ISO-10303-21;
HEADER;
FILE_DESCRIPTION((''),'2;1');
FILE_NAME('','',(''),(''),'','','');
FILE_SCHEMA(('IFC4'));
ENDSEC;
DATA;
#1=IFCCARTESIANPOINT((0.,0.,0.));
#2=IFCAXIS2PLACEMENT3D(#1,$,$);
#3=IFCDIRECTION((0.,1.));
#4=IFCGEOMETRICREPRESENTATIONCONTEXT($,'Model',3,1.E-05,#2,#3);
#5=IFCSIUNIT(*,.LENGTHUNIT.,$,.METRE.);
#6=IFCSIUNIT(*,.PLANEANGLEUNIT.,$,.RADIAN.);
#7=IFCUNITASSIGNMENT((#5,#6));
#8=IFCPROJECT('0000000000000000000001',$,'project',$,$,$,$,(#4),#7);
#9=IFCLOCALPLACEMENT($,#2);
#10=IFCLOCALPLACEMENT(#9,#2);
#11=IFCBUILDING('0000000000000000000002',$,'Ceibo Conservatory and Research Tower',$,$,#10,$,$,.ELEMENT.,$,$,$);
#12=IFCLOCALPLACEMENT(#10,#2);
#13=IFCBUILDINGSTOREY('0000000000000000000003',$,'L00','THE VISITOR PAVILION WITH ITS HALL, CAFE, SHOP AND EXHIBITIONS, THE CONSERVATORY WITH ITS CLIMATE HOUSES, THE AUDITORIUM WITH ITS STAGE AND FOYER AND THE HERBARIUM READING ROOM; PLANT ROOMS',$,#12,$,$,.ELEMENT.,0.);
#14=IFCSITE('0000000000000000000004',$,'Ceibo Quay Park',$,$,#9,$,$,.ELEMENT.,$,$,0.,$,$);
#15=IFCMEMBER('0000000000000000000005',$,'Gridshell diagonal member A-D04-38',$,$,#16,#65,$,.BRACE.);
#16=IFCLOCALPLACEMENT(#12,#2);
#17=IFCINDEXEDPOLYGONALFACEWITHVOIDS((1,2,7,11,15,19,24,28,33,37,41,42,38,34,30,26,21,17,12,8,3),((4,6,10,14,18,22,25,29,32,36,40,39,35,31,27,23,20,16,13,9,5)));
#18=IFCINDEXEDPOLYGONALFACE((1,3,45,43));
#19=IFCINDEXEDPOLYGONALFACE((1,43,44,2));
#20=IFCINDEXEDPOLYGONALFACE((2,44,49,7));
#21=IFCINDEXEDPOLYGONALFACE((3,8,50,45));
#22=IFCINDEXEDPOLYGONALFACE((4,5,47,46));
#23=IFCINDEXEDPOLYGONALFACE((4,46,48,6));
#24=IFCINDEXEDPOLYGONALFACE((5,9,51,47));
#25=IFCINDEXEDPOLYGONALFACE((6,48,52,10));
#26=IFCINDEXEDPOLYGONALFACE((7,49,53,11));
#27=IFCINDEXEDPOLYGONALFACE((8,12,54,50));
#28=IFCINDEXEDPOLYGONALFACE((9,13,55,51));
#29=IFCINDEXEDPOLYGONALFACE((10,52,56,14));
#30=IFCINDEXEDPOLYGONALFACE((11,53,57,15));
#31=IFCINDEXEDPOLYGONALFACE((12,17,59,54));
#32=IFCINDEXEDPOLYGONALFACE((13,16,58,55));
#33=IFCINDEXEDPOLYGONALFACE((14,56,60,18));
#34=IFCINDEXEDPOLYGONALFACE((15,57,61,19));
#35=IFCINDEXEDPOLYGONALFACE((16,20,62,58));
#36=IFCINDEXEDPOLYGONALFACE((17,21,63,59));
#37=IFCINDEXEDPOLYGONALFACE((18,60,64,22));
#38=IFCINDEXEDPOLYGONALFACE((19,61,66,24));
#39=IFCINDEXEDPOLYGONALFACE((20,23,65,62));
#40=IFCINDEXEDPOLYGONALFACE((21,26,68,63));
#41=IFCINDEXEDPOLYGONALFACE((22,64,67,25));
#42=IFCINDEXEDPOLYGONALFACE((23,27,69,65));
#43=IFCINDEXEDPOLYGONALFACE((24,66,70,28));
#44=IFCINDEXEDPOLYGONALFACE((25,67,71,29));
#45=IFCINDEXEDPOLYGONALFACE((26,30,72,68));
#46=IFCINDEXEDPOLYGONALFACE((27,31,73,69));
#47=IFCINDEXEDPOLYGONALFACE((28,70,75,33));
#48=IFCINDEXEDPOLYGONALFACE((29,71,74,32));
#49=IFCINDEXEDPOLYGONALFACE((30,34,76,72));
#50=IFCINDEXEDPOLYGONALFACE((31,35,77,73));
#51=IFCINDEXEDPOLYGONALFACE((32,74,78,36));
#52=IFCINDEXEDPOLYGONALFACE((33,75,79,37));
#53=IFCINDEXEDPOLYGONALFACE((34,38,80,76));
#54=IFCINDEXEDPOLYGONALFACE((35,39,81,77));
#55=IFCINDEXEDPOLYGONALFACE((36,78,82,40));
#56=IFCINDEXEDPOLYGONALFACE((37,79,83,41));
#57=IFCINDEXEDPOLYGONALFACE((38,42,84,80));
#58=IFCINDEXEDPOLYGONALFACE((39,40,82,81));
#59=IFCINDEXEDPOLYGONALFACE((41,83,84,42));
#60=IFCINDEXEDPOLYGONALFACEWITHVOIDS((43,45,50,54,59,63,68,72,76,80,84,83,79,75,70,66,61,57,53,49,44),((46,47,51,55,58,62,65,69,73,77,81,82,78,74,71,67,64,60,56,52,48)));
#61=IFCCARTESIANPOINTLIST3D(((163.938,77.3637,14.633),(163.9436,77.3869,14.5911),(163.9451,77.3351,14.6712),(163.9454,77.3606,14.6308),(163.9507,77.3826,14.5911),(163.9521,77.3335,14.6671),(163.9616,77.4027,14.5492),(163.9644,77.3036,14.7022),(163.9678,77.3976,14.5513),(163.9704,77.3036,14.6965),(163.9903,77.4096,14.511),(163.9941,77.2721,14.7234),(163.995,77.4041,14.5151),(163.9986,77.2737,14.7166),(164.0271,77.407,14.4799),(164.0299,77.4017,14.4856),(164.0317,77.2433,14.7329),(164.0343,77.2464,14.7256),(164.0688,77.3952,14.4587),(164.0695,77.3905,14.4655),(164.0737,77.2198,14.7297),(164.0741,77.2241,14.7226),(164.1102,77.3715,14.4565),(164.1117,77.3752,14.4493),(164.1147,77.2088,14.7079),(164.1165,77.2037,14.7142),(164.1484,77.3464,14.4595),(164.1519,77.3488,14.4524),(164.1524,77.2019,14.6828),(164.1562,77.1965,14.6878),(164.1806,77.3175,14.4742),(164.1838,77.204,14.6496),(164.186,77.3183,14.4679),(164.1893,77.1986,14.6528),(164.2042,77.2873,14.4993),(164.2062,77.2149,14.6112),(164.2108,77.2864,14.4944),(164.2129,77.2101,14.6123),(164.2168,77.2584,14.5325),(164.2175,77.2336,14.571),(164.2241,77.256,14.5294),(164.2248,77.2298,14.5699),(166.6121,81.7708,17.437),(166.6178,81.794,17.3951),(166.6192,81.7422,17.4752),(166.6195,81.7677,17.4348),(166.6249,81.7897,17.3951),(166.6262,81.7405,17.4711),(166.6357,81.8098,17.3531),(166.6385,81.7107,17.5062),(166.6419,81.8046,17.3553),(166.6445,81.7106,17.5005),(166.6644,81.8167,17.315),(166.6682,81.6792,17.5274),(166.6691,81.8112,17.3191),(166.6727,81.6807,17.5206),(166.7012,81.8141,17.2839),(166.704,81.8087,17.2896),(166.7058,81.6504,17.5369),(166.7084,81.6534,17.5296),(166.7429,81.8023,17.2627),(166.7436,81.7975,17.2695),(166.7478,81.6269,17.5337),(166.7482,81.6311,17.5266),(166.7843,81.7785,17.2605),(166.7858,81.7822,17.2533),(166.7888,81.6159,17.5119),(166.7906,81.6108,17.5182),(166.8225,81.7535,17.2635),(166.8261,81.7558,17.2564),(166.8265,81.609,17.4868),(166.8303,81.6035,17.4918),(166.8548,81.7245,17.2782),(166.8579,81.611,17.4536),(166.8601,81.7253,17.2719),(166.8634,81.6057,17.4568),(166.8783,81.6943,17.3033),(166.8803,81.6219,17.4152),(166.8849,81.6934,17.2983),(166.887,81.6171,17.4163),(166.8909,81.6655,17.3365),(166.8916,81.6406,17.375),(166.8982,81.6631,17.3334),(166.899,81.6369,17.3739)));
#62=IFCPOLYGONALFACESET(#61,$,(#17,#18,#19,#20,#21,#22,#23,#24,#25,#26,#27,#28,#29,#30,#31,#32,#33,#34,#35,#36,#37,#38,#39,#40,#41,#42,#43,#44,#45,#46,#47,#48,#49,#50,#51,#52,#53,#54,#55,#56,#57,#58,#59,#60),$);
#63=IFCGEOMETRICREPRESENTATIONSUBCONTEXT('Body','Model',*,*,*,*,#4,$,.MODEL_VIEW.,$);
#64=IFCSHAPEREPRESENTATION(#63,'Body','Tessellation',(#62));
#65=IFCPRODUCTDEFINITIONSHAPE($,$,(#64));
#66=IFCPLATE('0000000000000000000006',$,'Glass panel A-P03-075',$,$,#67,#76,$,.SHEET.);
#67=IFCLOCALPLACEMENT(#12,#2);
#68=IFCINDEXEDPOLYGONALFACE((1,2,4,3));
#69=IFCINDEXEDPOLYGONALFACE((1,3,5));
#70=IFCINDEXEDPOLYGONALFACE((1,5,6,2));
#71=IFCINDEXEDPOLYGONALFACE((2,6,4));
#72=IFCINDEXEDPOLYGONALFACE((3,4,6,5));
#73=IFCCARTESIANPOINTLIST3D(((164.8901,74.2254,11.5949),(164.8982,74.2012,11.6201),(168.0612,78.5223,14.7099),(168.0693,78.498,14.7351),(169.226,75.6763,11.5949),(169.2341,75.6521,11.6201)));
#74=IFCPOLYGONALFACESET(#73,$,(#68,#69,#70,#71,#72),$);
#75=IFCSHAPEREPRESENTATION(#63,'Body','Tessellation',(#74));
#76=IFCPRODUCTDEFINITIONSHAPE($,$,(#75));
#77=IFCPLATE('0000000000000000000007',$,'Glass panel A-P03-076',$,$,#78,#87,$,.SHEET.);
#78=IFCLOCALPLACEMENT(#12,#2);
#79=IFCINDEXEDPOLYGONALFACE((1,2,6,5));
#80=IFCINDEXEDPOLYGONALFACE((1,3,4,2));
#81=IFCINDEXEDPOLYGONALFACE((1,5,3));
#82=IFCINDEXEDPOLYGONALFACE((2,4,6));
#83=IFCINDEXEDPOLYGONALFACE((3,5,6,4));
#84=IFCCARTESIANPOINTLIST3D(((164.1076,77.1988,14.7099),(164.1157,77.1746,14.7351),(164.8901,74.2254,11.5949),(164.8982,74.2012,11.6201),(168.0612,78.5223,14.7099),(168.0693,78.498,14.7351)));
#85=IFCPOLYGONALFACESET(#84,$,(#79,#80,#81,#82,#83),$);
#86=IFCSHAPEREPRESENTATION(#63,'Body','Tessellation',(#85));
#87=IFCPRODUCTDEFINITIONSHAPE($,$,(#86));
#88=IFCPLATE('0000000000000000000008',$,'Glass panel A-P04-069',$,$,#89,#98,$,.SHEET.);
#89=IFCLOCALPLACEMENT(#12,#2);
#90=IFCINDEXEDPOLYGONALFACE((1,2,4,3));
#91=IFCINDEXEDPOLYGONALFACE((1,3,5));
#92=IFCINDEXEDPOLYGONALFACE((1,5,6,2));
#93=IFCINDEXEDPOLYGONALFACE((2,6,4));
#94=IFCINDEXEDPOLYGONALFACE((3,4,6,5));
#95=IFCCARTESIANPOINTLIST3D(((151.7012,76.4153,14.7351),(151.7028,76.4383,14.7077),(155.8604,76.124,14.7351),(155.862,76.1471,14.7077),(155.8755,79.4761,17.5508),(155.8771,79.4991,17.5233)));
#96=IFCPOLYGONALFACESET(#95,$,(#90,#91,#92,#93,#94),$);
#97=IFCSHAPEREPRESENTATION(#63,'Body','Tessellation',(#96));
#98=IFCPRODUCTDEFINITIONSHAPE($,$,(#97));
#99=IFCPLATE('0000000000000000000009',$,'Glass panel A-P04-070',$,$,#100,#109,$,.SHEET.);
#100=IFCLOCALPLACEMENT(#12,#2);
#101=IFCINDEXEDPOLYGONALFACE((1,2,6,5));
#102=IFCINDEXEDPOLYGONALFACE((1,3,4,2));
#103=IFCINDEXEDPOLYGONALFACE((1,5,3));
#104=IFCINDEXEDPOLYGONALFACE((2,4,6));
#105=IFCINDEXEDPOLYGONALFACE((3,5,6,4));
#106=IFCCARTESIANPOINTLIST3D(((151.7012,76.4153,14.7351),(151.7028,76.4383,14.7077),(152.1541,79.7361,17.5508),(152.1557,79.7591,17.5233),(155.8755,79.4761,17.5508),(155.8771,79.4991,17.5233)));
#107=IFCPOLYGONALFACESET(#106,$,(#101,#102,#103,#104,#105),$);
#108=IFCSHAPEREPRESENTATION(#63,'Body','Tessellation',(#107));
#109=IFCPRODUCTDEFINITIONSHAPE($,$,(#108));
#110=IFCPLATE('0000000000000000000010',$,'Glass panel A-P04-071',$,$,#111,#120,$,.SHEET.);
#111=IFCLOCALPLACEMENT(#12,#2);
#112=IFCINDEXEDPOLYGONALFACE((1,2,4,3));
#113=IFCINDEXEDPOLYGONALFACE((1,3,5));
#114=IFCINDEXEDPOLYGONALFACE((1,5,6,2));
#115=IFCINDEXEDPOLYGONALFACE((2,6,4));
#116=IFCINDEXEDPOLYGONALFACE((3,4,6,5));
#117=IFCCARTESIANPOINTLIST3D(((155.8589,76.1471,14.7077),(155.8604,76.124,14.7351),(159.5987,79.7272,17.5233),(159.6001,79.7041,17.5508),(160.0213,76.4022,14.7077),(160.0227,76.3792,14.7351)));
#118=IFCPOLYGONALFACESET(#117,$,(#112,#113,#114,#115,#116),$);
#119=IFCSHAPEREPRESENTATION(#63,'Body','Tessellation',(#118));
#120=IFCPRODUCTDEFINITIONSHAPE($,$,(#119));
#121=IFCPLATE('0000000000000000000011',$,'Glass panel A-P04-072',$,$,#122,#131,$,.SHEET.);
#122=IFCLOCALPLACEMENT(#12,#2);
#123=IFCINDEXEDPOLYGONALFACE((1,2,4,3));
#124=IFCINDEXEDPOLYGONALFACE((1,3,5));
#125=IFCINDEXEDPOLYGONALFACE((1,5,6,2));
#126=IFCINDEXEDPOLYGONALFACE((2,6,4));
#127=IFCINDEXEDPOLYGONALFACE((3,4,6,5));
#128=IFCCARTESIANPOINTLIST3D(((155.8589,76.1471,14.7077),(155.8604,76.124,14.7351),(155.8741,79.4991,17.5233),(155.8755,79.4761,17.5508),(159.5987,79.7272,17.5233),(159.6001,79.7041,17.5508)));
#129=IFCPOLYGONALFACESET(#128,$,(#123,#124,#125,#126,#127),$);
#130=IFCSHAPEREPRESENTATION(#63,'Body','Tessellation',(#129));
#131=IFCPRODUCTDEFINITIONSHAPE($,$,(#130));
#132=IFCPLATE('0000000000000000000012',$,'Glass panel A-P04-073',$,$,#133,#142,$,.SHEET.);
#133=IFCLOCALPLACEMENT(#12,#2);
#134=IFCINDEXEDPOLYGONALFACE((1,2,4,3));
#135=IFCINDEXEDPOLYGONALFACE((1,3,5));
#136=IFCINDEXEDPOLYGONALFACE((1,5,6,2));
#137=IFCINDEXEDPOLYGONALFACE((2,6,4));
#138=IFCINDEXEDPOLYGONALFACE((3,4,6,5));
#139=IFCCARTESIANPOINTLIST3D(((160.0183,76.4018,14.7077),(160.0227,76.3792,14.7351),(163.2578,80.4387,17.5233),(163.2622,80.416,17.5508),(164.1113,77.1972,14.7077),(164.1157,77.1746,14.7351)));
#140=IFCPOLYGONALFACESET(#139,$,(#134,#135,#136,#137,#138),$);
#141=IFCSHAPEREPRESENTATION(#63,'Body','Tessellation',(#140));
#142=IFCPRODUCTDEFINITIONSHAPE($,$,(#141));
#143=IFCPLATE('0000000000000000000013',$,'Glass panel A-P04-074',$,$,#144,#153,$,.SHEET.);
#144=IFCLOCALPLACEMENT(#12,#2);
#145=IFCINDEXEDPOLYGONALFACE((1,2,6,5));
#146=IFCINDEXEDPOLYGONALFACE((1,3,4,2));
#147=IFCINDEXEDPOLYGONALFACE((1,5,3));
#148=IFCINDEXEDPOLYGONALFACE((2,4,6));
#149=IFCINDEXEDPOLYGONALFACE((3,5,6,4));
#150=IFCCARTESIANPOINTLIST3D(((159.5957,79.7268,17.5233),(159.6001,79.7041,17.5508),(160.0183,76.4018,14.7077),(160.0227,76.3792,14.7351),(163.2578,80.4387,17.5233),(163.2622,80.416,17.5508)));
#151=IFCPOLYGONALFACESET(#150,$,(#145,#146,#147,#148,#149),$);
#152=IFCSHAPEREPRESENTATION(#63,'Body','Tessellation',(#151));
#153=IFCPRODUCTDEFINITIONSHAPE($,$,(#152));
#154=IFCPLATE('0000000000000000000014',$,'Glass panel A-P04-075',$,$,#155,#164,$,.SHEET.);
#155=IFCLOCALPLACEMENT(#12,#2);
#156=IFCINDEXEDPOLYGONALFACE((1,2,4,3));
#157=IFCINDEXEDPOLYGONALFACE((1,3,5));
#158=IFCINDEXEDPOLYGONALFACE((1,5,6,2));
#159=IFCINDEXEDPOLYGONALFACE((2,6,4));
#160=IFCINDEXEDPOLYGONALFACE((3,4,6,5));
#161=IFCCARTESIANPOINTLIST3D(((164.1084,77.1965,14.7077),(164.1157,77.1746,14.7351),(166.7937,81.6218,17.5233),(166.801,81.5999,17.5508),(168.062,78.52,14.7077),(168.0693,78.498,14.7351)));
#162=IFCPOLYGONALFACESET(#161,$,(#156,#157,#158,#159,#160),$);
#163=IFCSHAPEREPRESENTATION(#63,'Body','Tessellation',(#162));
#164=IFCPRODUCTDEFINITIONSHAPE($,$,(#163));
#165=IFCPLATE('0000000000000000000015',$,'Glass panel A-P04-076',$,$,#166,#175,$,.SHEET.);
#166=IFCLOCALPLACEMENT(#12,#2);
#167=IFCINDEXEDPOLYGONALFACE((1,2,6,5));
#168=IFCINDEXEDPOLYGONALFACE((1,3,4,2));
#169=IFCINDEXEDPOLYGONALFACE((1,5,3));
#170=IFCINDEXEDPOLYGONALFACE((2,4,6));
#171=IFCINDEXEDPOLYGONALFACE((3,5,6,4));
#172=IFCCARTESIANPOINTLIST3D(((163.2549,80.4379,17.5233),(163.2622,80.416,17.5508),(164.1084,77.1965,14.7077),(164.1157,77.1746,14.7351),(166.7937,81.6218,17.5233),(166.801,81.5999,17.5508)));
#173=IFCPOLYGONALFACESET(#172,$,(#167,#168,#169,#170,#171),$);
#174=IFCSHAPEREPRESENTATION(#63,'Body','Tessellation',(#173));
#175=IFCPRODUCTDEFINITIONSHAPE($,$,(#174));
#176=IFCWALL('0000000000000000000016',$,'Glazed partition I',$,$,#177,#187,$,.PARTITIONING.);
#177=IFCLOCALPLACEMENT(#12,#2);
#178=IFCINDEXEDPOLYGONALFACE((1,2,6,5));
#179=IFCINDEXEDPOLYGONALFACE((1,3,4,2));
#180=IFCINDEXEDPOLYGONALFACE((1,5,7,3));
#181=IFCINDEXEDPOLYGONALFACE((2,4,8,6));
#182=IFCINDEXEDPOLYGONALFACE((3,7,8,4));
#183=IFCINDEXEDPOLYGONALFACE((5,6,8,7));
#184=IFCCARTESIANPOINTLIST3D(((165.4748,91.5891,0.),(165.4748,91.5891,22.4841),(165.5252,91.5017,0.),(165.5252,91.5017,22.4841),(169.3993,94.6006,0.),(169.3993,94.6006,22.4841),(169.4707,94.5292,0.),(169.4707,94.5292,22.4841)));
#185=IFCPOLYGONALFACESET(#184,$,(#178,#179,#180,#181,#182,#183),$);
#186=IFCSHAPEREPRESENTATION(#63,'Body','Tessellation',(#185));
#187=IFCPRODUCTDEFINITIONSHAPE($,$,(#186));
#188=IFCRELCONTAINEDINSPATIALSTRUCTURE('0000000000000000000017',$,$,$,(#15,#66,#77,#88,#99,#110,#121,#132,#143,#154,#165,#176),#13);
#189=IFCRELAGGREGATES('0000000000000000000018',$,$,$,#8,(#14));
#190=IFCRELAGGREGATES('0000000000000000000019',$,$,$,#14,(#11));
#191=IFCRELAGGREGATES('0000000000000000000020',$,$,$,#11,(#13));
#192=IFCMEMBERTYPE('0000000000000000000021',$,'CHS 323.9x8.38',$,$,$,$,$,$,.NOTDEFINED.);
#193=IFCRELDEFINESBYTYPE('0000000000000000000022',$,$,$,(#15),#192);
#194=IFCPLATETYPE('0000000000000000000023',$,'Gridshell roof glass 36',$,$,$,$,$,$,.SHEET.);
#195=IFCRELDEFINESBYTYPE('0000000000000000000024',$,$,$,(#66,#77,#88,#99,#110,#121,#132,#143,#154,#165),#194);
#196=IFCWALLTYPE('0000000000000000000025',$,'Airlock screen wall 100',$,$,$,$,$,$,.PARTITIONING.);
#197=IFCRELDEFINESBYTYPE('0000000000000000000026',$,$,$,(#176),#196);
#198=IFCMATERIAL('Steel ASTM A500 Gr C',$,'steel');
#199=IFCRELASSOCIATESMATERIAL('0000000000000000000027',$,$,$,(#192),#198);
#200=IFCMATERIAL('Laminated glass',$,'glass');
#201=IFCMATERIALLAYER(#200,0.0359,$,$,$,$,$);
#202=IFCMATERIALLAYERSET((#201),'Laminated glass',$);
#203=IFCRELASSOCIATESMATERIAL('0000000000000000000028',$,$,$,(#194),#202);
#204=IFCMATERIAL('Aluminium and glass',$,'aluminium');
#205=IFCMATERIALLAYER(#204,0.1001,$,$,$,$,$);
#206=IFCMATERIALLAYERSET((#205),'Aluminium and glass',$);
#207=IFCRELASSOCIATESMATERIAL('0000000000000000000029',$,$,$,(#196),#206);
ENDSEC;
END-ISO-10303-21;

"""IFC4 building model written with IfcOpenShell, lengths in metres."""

from ifc_helpers import new_model, si_unit, direction, frame, origin, origin_2d, place, context, subcontext, project, spatial, polyline, hollow_circle, outline, extrude, material, layer, layer_set, material_profile, profile_set, type_object, element, save


model = new_model("IFC4")

# Units and contexts
model_context = context("Model", 3, precision=1e-05, world=origin(), true_north=direction((0.0, 1.0)))
body_context = subcontext(model_context, "Body", "Model", "MODEL_VIEW")
ifc_project = project(units=[si_unit("LENGTHUNIT", "METRE"), si_unit("PLANEANGLEUNIT", "RADIAN")], contexts=[model_context])

# Site, building, storey
site_placement = place(None, origin())
site = spatial("IfcSite", under=ifc_project, at=site_placement, Name="Ceibo Quay Park", CompositionType="ELEMENT", RefElevation=0.0)
building_placement = place(site_placement, origin())
building = spatial("IfcBuilding", under=site, at=building_placement, Name="Ceibo Conservatory and Research Tower", CompositionType="ELEMENT")
storey_placement = place(building_placement, origin())
storey = spatial("IfcBuildingStorey", under=building, at=storey_placement, Name="L00", Description="THE VISITOR PAVILION WITH ITS HALL, CAFE, SHOP AND EXHIBITIONS, THE CONSERVATORY WITH ITS CLIMATE HOUSES, THE AUDITORIUM WITH ITS STAGE AND FOYER AND THE HERBARIUM READING ROOM; PLANT ROOMS", CompositionType="ELEMENT", Elevation=0.0)

# Member
ifc_material_1 = material(Name="Steel ASTM A500 Gr C", Category="steel")
ifc_material_profile_1 = material_profile(ifc_material_1, hollow_circle(Radius=0.1619, WallThickness=0.0083, at=origin_2d()), Name="CHS 323.9x8.38")
ifc_profile_set_1 = profile_set([ifc_material_profile_1], Name="Steel ASTM A500 Gr C")
member_type_1 = type_object("IfcMemberType", Name="CHS 323.9x8.38", PredefinedType="NOTDEFINED", material=ifc_profile_set_1)
member_1_placement = place(storey_placement, frame((164.082, 77.303, 14.5911), z_axis=(0.455698, 0.75101, 0.477832), x_axis=(-0.854925, 0.518752, 0.0)))
element("IfcMember", 1, at=member_1_placement, inside=storey, type_object=member_type_1, Name="Gridshell diagonal member A-D04-38", PredefinedType="BRACE", context=body_context, shape_type="SweptSolid", body=[
    extrude(hollow_circle(Radius=0.1619, WallThickness=0.0083, at=origin_2d()), origin(), (0.0, 0.0, 1.0), 5.8682),
])

# Plates
ifc_material_2 = material(Name="Laminated glass", Category="glass")
ifc_layer_1 = layer(ifc_material_2, 0.0359)
ifc_layer_set_1 = layer_set([ifc_layer_1], Name="Laminated glass")
plate_type = type_object("IfcPlateType", Name="Gridshell roof glass 36", PredefinedType="SHEET", material=ifc_layer_set_1)
plate_1_placement = place(storey_placement, frame((164.8982, 74.2012, 11.6201), z_axis=(0.22607, -0.675584, 0.701768), x_axis=(0.948314, 0.317333, 0.0)))
element("IfcPlate", 2, at=plate_1_placement, inside=storey, type_object=plate_type, Name="Glass panel A-P03-075", PredefinedType="SHEET", context=body_context, shape_type="SweptSolid", body=[
    extrude(outline(polyline([(0.0, 0.0), (4.5723, 0.0), (4.3708, 4.3725), (0.0, 0.0)])), origin(), (0.0, 0.0, -1.0), 0.0359),
])
plate_2_placement = place(storey_placement, frame((164.8982, 74.2012, 11.6201), z_axis=(0.226164, -0.675612, 0.701711), x_axis=(0.512928, 0.695014, 0.503846)))
element("IfcPlate", 3, at=plate_2_placement, inside=storey, type_object=plate_type, Name="Glass panel A-P03-076", PredefinedType="SHEET", context=body_context, shape_type="SweptSolid", body=[
    extrude(outline(polyline([(0.0, 0.0), (6.1824, 0.0), (3.2347, 2.9485), (0.0, 0.0)])), origin(), (0.0, 0.0, -1.0), 0.0359),
])
plate_3_placement = place(storey_placement, frame((151.7012, 76.4153, 14.7351), z_axis=(-0.044987, -0.642415, 0.765035), x_axis=(0.997557, -0.069857, 0.0)))
element("IfcPlate", 4, at=plate_3_placement, inside=storey, type_object=plate_type, Name="Glass panel A-P04-069", PredefinedType="SHEET", context=body_context, shape_type="SweptSolid", body=[
    extrude(outline(polyline([(0.0, 0.0), (4.1694, 0.0), (3.9503, 4.3722), (0.0, 0.0)])), origin(), (0.0, 0.0, -1.0), 0.0359),
])
plate_4_placement = place(storey_placement, frame((151.7012, 76.4153, 14.7351), z_axis=(-0.04489, -0.642493, 0.764975), x_axis=(0.708414, 0.51944, 0.477842)))
element("IfcPlate", 5, at=plate_4_placement, inside=storey, type_object=plate_type, Name="Glass panel A-P04-070", PredefinedType="SHEET", context=body_context, shape_type="SweptSolid", body=[
    extrude(outline(polyline([(0.0, 0.0), (5.8925, 0.0), (3.3912, 2.7677), (0.0, 0.0)])), origin(), (0.0, 0.0, -1.0), 0.0359),
])
plate_5_placement = place(storey_placement, frame((155.8604, 76.124, 14.7351), z_axis=(0.039401, -0.642821, 0.765003), x_axis=(0.998127, 0.061179, 0.0)))
element("IfcPlate", 6, at=plate_5_placement, inside=storey, type_object=plate_type, Name="Glass panel A-P04-071", PredefinedType="SHEET", context=body_context, shape_type="SweptSolid", body=[
    extrude(outline(polyline([(0.0, 0.0), (4.1702, 0.0), (3.9518, 4.372), (0.0, 0.0)])), origin(), (0.0, 0.0, -1.0), 0.0359),
])
plate_6_placement = place(storey_placement, frame((155.8604, 76.124, 14.7351), z_axis=(0.039353, -0.642792, 0.76503), x_axis=(0.634579, 0.607485, 0.477778)))
element("IfcPlate", 7, at=plate_6_placement, inside=storey, type_object=plate_type, Name="Glass panel A-P04-072", PredefinedType="SHEET", context=body_context, shape_type="SweptSolid", body=[
    extrude(outline(polyline([(0.0, 0.0), (5.8933, 0.0), (3.3912, 2.7684), (0.0, 0.0)])), origin(), (0.0, 0.0, -1.0), 0.0359),
])
plate_7_placement = place(storey_placement, frame((160.0227, 76.3792, 14.7351), z_axis=(0.122854, -0.632181, 0.765019), x_axis=(0.981636, 0.190765, 0.0)))
element("IfcPlate", 8, at=plate_7_placement, inside=storey, type_object=plate_type, Name="Glass panel A-P04-073", PredefinedType="SHEET", context=body_context, shape_type="SweptSolid", body=[
    extrude(outline(polyline([(0.0, 0.0), (4.1696, 0.0), (3.9501, 4.3721), (0.0, 0.0)])), origin(), (0.0, 0.0, -1.0), 0.0359),
])
plate_8_placement = place(storey_placement, frame((160.0227, 76.3792, 14.7351), z_axis=(0.1229, -0.632201, 0.764995), x_axis=(0.54979, 0.685114, 0.47786)))
element("IfcPlate", 9, at=plate_8_placement, inside=storey, type_object=plate_type, Name="Glass panel A-P04-074", PredefinedType="SHEET", context=body_context, shape_type="SweptSolid", body=[
    extrude(outline(polyline([(0.0, 0.0), (5.8923, 0.0), (3.3911, 2.7681), (0.0, 0.0)])), origin(), (0.0, 0.0, -1.0), 0.0359),
])
plate_9_placement = place(storey_placement, frame((164.1157, 77.1746, 14.7351), z_axis=(0.204461, -0.61078, 0.764947), x_axis=(0.948278, 0.31744, 0.0)))
element("IfcPlate", 10, at=plate_9_placement, inside=storey, type_object=plate_type, Name="Glass panel A-P04-075", PredefinedType="SHEET", context=body_context, shape_type="SweptSolid", body=[
    extrude(outline(polyline([(0.0, 0.0), (4.1693, 0.0), (3.9512, 4.3715), (0.0, 0.0)])), origin(), (0.0, 0.0, -1.0), 0.0359),
])
plate_10_placement = place(storey_placement, frame((164.1157, 77.1746, 14.7351), z_axis=(0.204309, -0.610736, 0.765023), x_axis=(0.455712, 0.750999, 0.477837)))
element("IfcPlate", 11, at=plate_10_placement, inside=storey, type_object=plate_type, Name="Glass panel A-P04-076", PredefinedType="SHEET", context=body_context, shape_type="SweptSolid", body=[
    extrude(outline(polyline([(0.0, 0.0), (5.8925, 0.0), (3.3908, 2.7688), (0.0, 0.0)])), origin(), (0.0, 0.0, -1.0), 0.0359),
])

# Wall
ifc_material_3 = material(Name="Aluminium and glass", Category="aluminium")
ifc_layer_2 = layer(ifc_material_3, 0.1001)
ifc_layer_set_2 = layer_set([ifc_layer_2], Name="Aluminium and glass")
wall_type = type_object("IfcWallType", Name="Airlock screen wall 100", PredefinedType="PARTITIONING", material=ifc_layer_set_2)
wall_placement = place(storey_placement, frame((165.5, 91.5454, 0.0), z_axis=(0.0, 0.0, 1.0), x_axis=(0.793348, 0.608768, 0.0)))
element("IfcWall", 12, at=wall_placement, inside=storey, type_object=wall_type, Name="Glazed partition I", PredefinedType="PARTITIONING", context=body_context, shape_type="SweptSolid", body=[
    extrude(outline(polyline([(-0.0066, -0.05), (4.9666, -0.05), (4.9534, 0.05), (0.0066, 0.05), (-0.0066, -0.05)])), origin(), (0.0, 0.0, 1.0), 22.4841),
])

save(model, "model.ifc")
